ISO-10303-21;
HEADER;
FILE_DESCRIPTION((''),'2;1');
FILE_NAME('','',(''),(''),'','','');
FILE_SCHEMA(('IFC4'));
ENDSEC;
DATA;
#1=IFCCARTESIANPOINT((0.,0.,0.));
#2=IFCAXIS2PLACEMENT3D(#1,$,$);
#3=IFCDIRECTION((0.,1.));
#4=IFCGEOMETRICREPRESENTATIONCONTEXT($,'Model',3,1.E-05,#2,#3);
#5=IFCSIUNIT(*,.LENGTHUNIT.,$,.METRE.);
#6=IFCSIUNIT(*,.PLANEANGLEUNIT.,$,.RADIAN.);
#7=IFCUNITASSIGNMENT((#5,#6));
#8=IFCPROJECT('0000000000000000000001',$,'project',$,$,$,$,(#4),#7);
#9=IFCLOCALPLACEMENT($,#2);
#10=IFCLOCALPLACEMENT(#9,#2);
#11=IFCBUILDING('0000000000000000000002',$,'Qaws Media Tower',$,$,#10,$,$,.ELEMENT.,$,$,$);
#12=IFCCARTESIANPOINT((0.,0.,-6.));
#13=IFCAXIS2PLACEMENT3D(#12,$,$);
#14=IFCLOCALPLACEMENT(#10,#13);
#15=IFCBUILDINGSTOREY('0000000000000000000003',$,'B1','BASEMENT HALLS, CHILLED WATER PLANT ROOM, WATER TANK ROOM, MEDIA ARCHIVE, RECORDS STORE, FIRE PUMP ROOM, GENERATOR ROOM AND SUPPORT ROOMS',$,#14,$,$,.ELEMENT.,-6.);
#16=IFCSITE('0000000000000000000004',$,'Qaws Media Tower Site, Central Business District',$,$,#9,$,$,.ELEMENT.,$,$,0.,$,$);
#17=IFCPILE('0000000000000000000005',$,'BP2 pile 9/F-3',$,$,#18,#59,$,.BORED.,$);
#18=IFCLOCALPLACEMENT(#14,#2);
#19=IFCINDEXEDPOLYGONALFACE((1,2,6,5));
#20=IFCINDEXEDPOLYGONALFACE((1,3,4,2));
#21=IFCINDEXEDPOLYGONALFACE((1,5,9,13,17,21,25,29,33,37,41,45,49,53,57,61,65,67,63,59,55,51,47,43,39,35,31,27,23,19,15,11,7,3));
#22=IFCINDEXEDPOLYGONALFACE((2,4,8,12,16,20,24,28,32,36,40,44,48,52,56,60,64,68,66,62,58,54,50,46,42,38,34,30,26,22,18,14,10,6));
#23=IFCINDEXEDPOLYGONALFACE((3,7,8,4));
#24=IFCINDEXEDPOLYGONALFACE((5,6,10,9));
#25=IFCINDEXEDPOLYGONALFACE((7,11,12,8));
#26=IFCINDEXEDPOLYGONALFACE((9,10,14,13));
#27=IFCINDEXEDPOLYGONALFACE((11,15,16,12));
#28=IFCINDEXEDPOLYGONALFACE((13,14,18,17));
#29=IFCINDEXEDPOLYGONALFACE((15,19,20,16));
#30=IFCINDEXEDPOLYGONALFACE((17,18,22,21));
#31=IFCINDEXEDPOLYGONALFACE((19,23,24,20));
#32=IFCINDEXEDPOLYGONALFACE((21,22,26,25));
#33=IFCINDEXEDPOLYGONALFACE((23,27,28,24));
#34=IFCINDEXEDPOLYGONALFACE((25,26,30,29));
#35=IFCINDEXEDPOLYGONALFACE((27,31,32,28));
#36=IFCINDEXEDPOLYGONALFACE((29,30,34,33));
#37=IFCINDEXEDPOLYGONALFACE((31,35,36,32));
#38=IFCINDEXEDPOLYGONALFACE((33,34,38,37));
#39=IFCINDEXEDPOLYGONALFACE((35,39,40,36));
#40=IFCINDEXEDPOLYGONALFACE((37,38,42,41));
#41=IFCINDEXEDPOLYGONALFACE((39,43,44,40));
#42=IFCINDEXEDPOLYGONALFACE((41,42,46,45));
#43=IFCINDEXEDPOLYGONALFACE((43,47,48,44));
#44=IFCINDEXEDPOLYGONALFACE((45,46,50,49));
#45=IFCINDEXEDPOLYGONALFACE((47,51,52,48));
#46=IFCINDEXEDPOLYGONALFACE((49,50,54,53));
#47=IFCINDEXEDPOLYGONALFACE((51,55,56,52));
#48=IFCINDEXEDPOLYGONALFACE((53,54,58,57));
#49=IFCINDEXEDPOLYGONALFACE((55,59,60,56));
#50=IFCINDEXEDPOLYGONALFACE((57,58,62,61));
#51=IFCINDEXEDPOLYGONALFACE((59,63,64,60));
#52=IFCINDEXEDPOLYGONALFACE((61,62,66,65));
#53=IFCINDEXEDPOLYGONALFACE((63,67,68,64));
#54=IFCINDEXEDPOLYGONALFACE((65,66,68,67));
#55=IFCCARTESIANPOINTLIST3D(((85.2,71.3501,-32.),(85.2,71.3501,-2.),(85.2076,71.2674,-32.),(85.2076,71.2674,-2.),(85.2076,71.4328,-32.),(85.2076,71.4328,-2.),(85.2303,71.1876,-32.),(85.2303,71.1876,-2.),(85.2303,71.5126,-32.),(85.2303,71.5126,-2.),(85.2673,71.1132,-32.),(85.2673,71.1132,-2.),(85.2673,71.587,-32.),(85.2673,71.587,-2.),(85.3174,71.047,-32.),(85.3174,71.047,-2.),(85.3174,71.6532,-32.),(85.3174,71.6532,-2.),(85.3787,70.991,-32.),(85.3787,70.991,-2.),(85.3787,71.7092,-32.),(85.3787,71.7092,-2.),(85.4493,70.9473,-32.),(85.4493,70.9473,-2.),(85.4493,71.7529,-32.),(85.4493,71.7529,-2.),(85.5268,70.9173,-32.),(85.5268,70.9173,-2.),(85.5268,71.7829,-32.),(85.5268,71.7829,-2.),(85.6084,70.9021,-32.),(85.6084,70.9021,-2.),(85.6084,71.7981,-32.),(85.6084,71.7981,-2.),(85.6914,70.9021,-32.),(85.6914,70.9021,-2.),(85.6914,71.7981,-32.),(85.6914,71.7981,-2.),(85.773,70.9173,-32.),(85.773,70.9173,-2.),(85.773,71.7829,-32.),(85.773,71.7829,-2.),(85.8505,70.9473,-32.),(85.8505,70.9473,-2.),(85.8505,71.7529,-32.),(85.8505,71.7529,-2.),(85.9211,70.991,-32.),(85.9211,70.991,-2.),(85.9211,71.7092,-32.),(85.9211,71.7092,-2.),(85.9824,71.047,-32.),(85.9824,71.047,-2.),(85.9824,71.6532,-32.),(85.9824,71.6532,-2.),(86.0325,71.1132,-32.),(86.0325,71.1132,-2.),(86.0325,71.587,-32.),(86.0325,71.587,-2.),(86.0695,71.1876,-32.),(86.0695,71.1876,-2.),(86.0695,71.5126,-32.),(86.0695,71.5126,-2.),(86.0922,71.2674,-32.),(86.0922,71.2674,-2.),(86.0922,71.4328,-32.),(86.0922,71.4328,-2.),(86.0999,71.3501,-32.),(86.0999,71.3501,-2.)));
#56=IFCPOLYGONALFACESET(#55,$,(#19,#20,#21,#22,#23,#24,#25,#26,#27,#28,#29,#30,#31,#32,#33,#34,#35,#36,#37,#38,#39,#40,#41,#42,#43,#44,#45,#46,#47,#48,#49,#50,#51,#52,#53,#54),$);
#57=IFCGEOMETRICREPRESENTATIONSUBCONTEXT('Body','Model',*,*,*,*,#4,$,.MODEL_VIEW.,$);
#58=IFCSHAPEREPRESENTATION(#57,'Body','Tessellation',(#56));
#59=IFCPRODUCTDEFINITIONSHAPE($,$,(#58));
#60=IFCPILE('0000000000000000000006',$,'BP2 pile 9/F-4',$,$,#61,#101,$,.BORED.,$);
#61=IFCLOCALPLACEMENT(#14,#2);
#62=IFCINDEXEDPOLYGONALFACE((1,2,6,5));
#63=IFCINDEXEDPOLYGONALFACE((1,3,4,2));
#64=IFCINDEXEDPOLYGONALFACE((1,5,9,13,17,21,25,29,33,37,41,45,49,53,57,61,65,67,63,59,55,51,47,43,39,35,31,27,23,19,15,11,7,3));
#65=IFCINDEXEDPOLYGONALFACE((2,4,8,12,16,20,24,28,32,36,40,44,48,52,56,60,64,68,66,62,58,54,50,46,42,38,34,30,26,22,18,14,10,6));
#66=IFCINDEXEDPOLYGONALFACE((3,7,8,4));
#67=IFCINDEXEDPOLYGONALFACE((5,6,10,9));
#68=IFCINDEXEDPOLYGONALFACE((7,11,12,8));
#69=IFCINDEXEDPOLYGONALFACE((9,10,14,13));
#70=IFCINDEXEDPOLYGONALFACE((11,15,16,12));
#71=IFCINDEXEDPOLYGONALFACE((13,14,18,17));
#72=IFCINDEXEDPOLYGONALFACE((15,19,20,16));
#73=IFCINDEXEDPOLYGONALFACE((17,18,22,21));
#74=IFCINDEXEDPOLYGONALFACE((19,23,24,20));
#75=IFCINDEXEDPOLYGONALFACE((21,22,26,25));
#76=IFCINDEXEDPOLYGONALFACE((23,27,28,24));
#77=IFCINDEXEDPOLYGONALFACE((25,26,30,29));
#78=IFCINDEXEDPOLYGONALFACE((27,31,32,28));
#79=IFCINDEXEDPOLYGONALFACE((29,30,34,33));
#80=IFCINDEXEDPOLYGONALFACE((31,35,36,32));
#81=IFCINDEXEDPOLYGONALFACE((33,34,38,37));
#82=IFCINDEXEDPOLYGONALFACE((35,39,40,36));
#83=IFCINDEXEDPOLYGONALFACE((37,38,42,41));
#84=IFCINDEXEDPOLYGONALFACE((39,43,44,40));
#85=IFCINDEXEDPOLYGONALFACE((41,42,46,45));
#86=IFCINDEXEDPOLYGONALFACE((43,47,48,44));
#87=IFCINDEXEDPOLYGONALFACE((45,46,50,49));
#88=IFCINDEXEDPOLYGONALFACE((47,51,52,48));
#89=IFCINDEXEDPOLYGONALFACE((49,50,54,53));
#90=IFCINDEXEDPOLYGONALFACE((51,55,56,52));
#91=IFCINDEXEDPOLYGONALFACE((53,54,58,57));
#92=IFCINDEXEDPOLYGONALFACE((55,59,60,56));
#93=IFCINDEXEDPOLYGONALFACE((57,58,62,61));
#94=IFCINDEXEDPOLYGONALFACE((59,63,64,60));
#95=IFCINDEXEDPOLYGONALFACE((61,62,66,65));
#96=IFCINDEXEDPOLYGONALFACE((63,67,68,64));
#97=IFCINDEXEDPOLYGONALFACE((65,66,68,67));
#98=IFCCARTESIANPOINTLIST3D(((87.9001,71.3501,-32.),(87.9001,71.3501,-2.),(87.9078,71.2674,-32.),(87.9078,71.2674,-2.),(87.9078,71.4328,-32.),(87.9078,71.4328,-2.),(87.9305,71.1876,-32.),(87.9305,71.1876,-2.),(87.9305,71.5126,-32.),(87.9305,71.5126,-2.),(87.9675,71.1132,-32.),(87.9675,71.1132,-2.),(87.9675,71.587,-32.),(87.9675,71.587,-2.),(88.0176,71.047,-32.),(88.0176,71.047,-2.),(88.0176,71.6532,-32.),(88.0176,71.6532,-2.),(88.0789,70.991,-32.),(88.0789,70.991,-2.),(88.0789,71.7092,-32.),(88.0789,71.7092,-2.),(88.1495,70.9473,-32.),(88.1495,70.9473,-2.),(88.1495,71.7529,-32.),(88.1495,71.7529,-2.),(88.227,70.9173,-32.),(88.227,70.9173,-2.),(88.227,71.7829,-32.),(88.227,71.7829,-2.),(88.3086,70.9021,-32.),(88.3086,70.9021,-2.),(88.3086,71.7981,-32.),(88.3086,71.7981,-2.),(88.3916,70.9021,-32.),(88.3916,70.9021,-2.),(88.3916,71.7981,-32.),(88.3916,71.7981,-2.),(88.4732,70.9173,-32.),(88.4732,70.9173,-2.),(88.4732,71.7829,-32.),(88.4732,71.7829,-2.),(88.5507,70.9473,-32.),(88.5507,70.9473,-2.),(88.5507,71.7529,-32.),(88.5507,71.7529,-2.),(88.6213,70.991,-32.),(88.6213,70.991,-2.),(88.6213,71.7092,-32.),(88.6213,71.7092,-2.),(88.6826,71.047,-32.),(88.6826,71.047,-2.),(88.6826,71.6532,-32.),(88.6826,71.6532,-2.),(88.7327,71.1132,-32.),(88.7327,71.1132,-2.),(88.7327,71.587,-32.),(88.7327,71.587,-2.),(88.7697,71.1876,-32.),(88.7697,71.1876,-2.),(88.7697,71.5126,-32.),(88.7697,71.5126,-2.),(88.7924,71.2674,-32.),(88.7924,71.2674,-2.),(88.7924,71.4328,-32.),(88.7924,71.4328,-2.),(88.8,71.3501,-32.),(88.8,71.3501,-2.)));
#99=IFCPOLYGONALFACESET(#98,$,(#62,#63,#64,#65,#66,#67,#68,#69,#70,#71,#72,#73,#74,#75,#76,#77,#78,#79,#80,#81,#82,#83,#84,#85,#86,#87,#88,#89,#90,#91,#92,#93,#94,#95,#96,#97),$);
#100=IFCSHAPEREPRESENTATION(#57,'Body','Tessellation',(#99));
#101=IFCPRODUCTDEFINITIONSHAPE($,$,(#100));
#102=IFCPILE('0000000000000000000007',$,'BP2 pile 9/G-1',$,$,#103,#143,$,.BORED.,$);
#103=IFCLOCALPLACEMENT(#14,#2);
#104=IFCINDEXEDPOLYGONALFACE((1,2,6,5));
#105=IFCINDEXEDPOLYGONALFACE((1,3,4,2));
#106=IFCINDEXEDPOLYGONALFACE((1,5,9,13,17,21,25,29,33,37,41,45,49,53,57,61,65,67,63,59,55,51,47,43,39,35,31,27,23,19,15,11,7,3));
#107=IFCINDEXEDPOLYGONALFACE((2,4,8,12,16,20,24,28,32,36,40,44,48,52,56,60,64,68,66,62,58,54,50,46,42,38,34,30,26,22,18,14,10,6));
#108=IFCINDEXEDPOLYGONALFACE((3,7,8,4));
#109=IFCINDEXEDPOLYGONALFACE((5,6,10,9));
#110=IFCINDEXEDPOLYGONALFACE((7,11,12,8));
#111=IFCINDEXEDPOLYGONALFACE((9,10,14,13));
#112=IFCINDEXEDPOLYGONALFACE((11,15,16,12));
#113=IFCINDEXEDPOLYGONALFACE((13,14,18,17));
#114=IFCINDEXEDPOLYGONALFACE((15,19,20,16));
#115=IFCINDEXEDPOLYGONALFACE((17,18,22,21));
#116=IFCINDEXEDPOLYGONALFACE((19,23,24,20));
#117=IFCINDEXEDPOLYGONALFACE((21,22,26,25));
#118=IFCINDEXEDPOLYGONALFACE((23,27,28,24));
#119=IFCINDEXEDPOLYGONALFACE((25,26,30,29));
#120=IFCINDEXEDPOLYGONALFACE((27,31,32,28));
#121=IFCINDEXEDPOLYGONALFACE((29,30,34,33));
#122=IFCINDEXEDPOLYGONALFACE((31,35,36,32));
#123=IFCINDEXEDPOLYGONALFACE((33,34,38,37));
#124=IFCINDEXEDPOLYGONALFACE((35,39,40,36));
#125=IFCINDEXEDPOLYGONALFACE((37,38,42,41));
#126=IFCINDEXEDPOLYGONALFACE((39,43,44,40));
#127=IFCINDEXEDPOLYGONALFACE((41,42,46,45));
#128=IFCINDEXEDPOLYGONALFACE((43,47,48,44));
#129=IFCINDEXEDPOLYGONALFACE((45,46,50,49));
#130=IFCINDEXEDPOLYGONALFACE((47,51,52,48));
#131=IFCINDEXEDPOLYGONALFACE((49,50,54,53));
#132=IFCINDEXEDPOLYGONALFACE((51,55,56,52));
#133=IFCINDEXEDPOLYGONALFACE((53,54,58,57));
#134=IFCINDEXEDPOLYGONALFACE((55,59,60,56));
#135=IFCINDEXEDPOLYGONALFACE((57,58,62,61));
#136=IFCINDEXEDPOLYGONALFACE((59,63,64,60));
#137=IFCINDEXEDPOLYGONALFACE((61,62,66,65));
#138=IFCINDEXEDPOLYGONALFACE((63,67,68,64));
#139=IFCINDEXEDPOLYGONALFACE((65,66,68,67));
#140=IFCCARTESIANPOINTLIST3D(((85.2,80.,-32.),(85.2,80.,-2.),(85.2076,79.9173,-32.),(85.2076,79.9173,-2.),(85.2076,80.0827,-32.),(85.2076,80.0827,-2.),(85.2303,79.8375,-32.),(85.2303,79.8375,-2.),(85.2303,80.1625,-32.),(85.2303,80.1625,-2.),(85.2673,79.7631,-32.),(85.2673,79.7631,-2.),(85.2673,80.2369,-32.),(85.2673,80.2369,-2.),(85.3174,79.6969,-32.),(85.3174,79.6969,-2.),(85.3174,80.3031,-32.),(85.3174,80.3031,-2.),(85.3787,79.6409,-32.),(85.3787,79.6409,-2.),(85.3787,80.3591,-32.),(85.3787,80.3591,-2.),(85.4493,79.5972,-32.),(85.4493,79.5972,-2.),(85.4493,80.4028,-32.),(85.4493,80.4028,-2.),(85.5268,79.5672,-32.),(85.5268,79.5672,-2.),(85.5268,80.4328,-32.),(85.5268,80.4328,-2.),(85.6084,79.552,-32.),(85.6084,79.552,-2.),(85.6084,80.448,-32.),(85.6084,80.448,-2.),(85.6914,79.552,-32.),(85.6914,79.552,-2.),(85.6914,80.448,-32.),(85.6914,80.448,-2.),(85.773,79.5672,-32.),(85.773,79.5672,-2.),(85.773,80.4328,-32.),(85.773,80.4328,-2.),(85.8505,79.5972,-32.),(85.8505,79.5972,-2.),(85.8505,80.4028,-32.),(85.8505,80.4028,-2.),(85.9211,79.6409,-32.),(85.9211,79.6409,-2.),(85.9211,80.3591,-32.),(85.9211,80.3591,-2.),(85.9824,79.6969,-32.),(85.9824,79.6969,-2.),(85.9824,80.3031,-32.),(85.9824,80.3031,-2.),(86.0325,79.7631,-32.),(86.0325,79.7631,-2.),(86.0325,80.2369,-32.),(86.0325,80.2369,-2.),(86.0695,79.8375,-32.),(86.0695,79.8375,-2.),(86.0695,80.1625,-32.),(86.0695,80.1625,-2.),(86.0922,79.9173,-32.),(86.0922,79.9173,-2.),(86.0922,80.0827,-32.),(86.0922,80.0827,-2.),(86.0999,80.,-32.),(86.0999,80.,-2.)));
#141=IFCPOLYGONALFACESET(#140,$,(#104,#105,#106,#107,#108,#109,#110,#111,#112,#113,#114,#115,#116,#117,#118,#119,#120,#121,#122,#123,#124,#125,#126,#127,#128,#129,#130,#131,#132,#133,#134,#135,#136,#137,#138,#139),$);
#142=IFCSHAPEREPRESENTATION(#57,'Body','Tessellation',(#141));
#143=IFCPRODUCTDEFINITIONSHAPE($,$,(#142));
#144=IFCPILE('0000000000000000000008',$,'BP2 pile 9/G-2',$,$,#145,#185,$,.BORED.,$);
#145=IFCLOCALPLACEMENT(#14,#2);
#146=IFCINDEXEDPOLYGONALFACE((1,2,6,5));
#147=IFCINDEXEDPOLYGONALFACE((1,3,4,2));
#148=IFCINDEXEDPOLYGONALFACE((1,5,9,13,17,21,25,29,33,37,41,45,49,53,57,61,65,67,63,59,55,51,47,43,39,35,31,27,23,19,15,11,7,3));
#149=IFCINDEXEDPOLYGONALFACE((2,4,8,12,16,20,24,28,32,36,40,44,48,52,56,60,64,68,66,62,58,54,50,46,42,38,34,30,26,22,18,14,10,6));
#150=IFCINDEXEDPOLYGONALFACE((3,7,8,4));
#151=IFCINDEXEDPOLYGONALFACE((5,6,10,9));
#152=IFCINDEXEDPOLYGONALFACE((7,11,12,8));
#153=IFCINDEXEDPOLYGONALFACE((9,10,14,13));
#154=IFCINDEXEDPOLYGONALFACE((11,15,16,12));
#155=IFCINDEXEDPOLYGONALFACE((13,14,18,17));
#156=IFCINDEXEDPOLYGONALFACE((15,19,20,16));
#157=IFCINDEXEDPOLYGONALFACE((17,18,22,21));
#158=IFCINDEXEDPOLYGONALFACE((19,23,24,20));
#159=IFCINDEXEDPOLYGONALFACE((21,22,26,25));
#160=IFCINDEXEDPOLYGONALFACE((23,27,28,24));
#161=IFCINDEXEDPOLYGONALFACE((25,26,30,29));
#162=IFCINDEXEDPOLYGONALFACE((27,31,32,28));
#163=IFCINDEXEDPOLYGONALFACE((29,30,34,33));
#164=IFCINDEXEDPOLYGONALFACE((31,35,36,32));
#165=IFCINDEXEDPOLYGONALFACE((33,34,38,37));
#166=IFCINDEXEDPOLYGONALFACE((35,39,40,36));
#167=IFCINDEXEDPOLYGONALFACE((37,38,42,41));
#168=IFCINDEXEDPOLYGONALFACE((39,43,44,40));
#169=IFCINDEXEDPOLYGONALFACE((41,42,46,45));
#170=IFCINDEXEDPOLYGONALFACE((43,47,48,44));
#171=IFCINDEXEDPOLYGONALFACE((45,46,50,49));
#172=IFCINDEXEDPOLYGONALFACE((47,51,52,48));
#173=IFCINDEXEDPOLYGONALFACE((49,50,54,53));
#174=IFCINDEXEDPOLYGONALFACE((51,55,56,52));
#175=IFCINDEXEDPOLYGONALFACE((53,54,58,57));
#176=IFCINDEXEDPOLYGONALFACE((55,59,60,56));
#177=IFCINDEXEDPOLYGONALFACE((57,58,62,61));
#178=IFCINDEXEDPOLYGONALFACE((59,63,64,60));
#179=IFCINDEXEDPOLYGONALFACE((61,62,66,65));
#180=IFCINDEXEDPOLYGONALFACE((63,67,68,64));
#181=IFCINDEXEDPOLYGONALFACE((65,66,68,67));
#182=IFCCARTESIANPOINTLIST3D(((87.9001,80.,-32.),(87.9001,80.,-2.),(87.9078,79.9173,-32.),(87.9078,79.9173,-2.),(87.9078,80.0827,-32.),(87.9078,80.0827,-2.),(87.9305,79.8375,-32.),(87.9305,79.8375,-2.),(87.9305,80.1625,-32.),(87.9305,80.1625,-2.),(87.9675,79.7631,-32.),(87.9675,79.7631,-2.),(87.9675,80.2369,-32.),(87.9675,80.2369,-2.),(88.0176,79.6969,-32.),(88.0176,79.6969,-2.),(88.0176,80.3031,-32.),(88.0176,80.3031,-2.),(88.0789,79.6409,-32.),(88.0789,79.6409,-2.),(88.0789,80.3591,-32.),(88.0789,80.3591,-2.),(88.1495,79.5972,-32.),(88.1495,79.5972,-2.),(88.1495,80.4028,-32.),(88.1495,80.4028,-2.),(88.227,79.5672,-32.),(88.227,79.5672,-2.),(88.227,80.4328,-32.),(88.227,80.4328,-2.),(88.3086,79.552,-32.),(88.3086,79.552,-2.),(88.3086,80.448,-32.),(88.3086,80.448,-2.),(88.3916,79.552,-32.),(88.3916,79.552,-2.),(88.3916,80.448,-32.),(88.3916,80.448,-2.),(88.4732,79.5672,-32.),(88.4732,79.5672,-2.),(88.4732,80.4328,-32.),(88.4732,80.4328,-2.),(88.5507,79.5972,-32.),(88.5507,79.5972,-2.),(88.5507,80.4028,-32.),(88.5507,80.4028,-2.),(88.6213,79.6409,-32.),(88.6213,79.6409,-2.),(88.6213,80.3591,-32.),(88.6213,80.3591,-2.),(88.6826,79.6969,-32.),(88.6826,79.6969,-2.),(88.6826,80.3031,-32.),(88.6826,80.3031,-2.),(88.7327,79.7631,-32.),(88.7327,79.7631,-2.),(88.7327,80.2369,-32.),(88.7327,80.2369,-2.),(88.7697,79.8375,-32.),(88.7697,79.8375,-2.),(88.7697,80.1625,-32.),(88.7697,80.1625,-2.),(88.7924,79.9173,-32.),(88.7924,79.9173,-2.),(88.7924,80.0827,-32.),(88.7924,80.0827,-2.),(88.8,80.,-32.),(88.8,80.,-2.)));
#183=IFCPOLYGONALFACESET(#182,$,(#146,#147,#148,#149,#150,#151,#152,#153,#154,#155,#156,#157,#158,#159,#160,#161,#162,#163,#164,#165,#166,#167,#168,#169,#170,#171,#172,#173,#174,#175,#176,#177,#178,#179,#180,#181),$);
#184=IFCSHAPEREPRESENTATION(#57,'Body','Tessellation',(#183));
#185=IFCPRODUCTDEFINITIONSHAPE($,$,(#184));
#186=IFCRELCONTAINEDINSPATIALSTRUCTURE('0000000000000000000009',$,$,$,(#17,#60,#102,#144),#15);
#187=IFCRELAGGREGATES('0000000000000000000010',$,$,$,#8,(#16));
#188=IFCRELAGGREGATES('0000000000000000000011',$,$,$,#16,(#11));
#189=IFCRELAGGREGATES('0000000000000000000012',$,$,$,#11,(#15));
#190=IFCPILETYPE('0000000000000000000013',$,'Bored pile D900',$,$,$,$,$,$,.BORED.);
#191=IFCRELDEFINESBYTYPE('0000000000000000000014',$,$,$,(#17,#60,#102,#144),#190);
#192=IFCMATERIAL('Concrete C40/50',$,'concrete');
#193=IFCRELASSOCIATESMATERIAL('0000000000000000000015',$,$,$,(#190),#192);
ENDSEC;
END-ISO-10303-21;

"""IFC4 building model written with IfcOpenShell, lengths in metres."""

from ifc_helpers import new_model, si_unit, direction, frame, origin, origin_2d, place, context, subcontext, project, spatial, circle, extrude, material, material_profile, profile_set, type_object, element, save


model = new_model("IFC4")

# Units and contexts
model_context = context("Model", 3, precision=1e-05, world=origin(), true_north=direction((0.0, 1.0)))
body_context = subcontext(model_context, "Body", "Model", "MODEL_VIEW")
ifc_project = project(units=[si_unit("LENGTHUNIT", "METRE"), si_unit("PLANEANGLEUNIT", "RADIAN")], contexts=[model_context])

# Site, building, storey
site_placement = place(None, origin())
site = spatial("IfcSite", under=ifc_project, at=site_placement, Name="Qaws Media Tower Site, Central Business District", CompositionType="ELEMENT", RefElevation=0.0)
building_placement = place(site_placement, origin())
building = spatial("IfcBuilding", under=site, at=building_placement, Name="Qaws Media Tower", CompositionType="ELEMENT")
storey_placement = place(building_placement, frame((0.0, 0.0, -6.0)))
storey = spatial("IfcBuildingStorey", under=building, at=storey_placement, Name="B1", Description="BASEMENT HALLS, CHILLED WATER PLANT ROOM, WATER TANK ROOM, MEDIA ARCHIVE, RECORDS STORE, FIRE PUMP ROOM, GENERATOR ROOM AND SUPPORT ROOMS", CompositionType="ELEMENT", Elevation=-6.0)

# Piles
ifc_material_1 = material(Name="Concrete C40/50", Category="concrete")
ifc_material_profile_1 = material_profile(ifc_material_1, circle(Radius=0.45, at=origin_2d()), Name="D900")
ifc_profile_set_1 = profile_set([ifc_material_profile_1], Name="Concrete C40/50")
pile_type = type_object("IfcPileType", Name="Bored pile D900", PredefinedType="BORED", material=ifc_profile_set_1)
for number, where, z_axis, x_axis, name in (
    (1, (85.6499, 71.3501, -2.0), (0.0, 0.0, -1.0), (1.0, 0.0, 0.0), "BP2 pile 9/F-3"),
    (2, (88.3501, 71.3501, -2.0), (0.0, 0.0, -1.0), (1.0, 0.0, 0.0), "BP2 pile 9/F-4"),
    (3, (85.6499, 80.0, -2.0), (0.0, 0.0, -1.0), (1.0, 0.0, 0.0), "BP2 pile 9/G-1"),
    (4, (88.3501, 80.0, -2.0), (0.0, 0.0, -1.0), (1.0, 0.0, 0.0), "BP2 pile 9/G-2"),
):
    element("IfcPile", number, at=place(storey_placement, frame(where, z_axis=z_axis, x_axis=x_axis)), inside=storey, type_object=pile_type, Name=name, PredefinedType="BORED", context=body_context, shape_type="SweptSolid", body=[
        extrude(circle(Radius=0.45, at=origin_2d()), origin(), (0.0, 0.0, 1.0), 30.0),
    ])

save(model, "model.ifc")
